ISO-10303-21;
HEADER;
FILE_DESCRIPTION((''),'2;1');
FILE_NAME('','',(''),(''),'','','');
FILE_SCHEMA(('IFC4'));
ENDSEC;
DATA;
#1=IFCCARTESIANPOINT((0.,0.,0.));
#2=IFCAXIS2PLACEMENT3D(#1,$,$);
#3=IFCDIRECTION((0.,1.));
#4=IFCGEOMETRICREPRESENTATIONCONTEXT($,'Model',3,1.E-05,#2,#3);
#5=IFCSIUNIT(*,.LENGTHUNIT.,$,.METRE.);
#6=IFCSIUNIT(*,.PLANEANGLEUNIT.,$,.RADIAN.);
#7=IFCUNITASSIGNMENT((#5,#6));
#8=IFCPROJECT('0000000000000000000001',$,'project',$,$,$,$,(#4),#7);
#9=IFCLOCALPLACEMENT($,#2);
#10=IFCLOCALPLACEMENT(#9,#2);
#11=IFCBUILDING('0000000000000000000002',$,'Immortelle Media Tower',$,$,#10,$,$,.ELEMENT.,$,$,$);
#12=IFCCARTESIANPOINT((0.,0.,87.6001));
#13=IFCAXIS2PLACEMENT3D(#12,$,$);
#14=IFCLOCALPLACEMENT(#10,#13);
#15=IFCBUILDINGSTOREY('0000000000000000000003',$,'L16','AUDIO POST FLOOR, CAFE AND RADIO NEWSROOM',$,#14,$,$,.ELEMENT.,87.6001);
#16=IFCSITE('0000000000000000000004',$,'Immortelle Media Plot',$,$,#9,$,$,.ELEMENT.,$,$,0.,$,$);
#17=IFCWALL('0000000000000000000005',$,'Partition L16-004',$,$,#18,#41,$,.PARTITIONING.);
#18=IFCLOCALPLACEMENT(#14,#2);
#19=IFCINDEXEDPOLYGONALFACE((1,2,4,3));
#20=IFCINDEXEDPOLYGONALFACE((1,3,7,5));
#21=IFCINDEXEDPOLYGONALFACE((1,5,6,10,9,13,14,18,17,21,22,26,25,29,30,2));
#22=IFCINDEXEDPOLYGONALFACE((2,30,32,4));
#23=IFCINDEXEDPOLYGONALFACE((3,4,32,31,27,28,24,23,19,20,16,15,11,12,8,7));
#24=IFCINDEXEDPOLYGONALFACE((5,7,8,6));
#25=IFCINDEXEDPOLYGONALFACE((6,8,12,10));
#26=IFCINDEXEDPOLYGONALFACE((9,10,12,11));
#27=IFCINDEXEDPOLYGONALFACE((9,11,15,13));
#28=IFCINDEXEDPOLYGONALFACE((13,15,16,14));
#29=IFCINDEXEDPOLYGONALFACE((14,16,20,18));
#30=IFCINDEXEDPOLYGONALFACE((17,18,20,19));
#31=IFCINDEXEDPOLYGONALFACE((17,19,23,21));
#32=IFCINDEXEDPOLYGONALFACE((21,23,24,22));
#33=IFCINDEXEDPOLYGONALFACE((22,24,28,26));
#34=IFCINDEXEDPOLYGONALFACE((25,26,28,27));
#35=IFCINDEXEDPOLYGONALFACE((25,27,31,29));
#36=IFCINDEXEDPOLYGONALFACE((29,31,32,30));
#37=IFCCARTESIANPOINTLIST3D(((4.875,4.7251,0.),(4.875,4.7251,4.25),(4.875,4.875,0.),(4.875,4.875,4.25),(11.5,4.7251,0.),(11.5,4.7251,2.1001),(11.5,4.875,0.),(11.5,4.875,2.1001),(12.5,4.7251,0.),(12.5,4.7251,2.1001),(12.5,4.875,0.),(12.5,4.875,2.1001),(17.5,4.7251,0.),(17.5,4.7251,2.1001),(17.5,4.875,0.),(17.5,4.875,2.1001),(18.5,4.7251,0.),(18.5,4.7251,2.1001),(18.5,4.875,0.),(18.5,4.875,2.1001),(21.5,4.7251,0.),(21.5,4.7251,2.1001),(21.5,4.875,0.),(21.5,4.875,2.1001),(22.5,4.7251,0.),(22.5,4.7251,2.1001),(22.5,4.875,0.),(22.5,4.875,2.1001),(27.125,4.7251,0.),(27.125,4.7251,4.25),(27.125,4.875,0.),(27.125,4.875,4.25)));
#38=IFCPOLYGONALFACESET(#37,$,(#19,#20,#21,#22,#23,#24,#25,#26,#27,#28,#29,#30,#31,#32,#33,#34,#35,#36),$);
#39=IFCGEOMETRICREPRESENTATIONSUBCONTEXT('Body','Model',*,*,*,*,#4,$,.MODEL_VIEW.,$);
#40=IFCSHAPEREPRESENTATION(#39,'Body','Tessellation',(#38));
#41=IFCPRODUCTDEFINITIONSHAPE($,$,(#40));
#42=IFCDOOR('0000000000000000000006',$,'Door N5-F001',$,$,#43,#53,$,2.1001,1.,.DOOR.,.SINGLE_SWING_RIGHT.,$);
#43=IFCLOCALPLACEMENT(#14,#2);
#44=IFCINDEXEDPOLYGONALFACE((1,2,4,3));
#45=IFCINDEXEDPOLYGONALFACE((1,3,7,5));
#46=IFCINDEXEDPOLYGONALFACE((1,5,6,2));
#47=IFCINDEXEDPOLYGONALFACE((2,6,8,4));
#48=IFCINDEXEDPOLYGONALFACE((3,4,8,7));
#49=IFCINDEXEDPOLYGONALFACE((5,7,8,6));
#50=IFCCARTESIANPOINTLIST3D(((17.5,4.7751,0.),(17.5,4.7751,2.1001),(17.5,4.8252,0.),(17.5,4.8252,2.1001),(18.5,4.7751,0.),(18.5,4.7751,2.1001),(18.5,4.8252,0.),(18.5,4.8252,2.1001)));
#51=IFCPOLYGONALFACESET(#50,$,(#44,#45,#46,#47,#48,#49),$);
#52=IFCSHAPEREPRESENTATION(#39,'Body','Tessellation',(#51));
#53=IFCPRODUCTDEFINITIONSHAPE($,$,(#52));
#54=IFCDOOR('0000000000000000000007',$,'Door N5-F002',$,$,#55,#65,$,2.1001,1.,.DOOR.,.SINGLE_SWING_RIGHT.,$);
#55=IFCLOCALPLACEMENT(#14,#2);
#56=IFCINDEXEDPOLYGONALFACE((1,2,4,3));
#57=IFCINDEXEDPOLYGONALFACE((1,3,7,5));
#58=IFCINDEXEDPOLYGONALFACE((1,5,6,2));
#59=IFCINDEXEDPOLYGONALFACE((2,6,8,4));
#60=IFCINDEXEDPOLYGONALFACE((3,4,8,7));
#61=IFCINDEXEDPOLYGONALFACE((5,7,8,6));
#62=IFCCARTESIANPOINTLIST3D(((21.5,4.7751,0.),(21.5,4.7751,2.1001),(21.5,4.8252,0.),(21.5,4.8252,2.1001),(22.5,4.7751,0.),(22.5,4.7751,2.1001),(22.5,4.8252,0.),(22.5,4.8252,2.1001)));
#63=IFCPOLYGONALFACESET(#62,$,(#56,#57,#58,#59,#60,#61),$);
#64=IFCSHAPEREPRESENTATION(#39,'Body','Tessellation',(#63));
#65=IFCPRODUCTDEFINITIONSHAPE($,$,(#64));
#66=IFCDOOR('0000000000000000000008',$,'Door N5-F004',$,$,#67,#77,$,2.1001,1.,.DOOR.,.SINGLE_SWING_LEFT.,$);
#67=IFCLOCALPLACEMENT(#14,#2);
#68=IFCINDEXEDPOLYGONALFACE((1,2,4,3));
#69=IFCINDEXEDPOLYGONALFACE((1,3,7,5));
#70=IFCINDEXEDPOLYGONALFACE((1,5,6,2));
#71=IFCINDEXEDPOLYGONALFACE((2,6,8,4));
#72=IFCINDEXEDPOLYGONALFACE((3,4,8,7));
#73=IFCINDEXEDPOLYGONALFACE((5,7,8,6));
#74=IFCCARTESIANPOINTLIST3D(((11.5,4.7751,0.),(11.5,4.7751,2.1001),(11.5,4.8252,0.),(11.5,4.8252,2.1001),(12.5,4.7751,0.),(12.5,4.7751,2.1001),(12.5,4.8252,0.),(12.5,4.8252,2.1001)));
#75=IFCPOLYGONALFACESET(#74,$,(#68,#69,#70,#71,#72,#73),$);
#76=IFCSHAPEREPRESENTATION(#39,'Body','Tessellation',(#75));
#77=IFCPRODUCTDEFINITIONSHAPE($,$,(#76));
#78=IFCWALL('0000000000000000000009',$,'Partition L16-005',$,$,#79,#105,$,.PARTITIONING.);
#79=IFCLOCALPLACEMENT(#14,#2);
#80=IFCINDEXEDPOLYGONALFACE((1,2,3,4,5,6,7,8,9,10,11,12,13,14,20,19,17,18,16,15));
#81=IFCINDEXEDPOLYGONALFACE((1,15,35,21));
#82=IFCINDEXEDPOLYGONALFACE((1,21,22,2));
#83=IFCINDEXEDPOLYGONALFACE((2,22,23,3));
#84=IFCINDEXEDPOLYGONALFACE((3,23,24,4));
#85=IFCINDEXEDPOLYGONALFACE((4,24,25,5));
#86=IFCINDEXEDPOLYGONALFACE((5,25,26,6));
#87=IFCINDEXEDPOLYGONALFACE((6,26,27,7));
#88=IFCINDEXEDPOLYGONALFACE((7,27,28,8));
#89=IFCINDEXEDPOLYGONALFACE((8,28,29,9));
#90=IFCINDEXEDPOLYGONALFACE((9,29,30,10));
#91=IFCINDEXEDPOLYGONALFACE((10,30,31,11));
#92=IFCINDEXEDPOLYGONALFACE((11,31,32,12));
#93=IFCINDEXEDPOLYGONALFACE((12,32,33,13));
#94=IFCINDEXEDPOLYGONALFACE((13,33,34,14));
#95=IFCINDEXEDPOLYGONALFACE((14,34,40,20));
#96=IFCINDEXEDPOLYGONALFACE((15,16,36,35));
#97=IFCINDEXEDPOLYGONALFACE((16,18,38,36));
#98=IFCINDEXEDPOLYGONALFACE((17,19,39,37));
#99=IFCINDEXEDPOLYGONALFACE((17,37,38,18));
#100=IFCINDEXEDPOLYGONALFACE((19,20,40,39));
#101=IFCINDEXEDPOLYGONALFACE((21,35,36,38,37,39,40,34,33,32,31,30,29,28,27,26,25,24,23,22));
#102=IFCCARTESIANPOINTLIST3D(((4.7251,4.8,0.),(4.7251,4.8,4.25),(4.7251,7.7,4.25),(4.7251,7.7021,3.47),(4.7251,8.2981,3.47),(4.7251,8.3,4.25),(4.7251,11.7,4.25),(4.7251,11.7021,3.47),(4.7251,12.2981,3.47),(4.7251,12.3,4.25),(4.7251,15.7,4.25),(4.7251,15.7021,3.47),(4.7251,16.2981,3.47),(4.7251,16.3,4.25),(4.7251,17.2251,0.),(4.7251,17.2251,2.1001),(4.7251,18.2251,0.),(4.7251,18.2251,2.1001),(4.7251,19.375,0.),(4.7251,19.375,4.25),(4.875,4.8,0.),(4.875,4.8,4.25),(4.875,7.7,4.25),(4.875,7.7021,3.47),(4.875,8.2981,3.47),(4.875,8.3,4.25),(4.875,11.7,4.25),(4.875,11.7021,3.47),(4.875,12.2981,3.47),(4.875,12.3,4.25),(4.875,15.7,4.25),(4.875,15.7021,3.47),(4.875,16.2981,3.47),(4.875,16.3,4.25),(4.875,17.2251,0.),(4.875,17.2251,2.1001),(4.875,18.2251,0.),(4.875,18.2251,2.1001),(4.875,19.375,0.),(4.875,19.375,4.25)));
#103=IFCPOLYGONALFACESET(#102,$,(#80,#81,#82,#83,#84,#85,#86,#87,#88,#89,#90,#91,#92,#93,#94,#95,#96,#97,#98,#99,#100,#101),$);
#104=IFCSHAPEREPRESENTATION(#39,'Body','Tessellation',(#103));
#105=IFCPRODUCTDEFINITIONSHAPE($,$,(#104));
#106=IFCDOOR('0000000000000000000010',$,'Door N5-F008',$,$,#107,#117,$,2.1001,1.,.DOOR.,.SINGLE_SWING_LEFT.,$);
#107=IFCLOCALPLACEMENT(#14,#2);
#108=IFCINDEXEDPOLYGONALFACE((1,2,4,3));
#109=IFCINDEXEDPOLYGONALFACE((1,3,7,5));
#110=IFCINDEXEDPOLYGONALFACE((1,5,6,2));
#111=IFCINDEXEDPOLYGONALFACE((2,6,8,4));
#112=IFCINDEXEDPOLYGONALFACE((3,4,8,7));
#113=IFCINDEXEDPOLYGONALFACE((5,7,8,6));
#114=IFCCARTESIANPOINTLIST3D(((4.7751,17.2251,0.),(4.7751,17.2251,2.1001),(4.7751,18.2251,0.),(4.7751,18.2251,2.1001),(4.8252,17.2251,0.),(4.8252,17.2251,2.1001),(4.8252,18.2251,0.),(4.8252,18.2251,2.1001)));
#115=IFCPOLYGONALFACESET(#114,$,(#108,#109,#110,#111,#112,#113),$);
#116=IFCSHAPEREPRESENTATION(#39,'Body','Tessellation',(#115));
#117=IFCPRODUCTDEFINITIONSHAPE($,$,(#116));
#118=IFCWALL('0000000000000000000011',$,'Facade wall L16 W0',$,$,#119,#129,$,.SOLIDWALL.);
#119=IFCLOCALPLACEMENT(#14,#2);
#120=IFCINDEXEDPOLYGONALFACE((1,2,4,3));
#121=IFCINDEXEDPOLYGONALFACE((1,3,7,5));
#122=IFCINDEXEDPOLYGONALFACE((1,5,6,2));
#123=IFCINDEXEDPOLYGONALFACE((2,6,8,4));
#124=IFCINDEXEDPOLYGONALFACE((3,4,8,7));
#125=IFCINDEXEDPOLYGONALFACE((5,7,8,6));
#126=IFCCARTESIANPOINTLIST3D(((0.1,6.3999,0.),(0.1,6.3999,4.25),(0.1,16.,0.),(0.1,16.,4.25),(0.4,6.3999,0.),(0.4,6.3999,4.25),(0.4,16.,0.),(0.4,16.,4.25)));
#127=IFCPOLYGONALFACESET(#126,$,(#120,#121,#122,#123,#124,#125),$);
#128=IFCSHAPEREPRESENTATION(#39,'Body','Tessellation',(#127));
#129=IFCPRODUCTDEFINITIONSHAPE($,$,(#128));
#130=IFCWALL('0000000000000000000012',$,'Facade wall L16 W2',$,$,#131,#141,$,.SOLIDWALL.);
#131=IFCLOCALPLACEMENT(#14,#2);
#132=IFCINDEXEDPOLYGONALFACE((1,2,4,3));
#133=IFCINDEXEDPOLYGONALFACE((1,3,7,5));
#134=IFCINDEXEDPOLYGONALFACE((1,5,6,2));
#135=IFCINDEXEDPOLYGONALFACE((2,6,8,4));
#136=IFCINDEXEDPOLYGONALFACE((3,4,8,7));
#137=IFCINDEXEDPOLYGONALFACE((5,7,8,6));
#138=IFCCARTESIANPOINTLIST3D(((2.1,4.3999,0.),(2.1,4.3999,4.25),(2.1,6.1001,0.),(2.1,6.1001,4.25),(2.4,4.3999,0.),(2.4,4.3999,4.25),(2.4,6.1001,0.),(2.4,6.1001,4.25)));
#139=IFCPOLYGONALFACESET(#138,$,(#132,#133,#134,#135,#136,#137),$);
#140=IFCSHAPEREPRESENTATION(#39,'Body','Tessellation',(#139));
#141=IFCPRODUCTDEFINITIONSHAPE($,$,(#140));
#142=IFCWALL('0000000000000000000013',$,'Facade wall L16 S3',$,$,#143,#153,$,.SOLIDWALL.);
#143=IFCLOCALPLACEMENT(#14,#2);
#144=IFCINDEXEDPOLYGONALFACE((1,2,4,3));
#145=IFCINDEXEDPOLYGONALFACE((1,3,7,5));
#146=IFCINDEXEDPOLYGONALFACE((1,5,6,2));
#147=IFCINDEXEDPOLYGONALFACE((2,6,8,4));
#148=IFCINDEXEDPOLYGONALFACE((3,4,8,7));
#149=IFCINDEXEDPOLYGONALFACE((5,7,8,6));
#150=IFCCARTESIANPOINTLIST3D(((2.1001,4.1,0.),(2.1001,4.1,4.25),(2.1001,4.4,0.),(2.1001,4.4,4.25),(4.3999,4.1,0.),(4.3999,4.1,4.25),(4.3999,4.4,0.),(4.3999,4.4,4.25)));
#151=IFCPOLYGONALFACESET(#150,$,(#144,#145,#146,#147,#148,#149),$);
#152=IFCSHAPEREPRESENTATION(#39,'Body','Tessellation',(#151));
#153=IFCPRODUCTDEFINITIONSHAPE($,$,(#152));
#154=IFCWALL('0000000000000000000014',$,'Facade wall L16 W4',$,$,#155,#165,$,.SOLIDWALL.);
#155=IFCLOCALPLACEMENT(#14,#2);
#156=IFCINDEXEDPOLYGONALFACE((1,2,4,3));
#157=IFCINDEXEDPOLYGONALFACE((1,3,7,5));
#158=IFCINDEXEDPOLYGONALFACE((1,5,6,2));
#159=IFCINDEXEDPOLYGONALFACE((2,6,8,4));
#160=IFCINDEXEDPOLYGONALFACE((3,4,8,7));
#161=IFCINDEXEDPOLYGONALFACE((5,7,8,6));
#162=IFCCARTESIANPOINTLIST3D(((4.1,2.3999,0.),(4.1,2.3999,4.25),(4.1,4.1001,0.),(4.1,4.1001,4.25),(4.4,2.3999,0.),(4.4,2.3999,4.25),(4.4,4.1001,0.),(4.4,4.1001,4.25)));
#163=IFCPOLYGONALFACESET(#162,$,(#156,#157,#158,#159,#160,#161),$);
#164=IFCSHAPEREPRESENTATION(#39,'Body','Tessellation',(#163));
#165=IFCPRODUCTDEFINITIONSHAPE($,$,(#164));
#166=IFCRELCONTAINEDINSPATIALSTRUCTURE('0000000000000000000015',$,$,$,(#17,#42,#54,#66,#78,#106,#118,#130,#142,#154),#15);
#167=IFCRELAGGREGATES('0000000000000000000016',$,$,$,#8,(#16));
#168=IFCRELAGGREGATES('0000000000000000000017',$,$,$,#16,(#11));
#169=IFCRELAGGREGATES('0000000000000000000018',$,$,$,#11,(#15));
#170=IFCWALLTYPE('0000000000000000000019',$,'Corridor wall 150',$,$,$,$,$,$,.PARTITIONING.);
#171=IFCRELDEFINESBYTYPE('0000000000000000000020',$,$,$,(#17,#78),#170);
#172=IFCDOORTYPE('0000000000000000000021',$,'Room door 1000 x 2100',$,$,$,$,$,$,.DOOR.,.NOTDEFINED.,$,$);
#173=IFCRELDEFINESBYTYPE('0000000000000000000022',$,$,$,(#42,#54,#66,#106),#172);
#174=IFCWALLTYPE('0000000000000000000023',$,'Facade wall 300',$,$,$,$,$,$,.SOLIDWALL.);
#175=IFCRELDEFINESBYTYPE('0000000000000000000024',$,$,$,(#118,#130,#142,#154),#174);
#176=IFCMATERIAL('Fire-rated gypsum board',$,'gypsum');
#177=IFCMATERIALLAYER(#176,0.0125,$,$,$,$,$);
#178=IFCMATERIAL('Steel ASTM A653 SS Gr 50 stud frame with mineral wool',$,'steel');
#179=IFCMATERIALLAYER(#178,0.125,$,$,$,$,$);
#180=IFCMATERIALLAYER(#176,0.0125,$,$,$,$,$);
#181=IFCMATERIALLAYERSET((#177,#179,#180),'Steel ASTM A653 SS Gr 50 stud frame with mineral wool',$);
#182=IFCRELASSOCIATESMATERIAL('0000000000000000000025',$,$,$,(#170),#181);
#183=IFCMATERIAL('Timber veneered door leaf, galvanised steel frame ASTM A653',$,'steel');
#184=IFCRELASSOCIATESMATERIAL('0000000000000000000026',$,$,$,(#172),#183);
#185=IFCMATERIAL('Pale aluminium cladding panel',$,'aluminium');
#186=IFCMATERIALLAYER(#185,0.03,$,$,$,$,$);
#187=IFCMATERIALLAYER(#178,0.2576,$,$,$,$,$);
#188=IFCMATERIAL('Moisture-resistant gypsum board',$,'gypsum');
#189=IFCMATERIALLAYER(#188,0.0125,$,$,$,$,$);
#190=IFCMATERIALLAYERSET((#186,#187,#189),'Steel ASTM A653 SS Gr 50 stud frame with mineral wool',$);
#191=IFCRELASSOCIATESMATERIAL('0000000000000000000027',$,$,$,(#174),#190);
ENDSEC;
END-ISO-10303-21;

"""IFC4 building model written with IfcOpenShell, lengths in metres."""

from ifc_helpers import new_model, si_unit, direction, frame, frame_2d, origin, place, context, subcontext, project, spatial, polyline, rectangle, outline, extrude, material, layer, layer_set, type_object, element, fill, save


model = new_model("IFC4")

# Units and contexts
model_context = context("Model", 3, precision=1e-05, world=origin(), true_north=direction((0.0, 1.0)))
body_context = subcontext(model_context, "Body", "Model", "MODEL_VIEW")
ifc_project = project(units=[si_unit("LENGTHUNIT", "METRE"), si_unit("PLANEANGLEUNIT", "RADIAN")], contexts=[model_context])

# Site, building, storey
site_placement = place(None, origin())
site = spatial("IfcSite", under=ifc_project, at=site_placement, Name="Immortelle Media Plot", CompositionType="ELEMENT", RefElevation=0.0)
building_placement = place(site_placement, origin())
building = spatial("IfcBuilding", under=site, at=building_placement, Name="Immortelle Media Tower", CompositionType="ELEMENT")
storey_placement = place(building_placement, frame((0.0, 0.0, 87.6001)))
storey = spatial("IfcBuildingStorey", under=building, at=storey_placement, Name="L16", Description="AUDIO POST FLOOR, CAFE AND RADIO NEWSROOM", CompositionType="ELEMENT", Elevation=87.6001)

# Wall, openings, doors
ifc_material_1 = material(Name="Fire-rated gypsum board", Category="gypsum")
ifc_layer_1 = layer(ifc_material_1, 0.0125)
ifc_material_2 = material(Name="Steel ASTM A653 SS Gr 50 stud frame with mineral wool", Category="steel")
ifc_layer_2 = layer(ifc_material_2, 0.125)
ifc_layer_3 = layer(ifc_material_1, 0.0125)
ifc_layer_set_1 = layer_set([ifc_layer_1, ifc_layer_2, ifc_layer_3], Name="Steel ASTM A653 SS Gr 50 stud frame with mineral wool")
wall_type_1 = type_object("IfcWallType", Name="Corridor wall 150", PredefinedType="PARTITIONING", material=ifc_layer_set_1)
wall_1_placement = place(storey_placement, frame((4.875, 4.8, 0.0), z_axis=(0.0, 0.0, 1.0), x_axis=(1.0, 0.0, 0.0)))
wall_1 = element("IfcWall", 1, at=wall_1_placement, inside=storey, type_object=wall_type_1, Name="Partition L16-004", PredefinedType="PARTITIONING", context=body_context, shape_type="SweptSolid", body=[
    extrude(rectangle(XDim=22.25, YDim=0.1499, at=frame_2d((11.125, 0.0))), origin(), (0.0, 0.0, 1.0), 4.25),
])
opening_1_placement = place(wall_1_placement, frame((13.625, 0.0, 0.0), z_axis=(0.0, 0.0, 1.0), x_axis=(-1.0, 0.0, 0.0)))
opening_1 = element("IfcOpeningElement", 2, at=opening_1_placement, cuts=wall_1, PredefinedType="OPENING", context=body_context, shape_type="SweptSolid", body=[
    extrude(rectangle(XDim=1.0, YDim=2.1001, at=frame_2d((0.5, 1.05))), frame((0.0, 0.085, 0.0), z_axis=(0.0, -1.0, 0.0), x_axis=(1.0, 0.0, 0.0)), (0.0, 0.0, 1.0), 0.1699),
])
opening_2_placement = place(wall_1_placement, frame((17.625, 0.0, 0.0), z_axis=(0.0, 0.0, 1.0), x_axis=(-1.0, 0.0, 0.0)))
opening_2 = element("IfcOpeningElement", 3, at=opening_2_placement, cuts=wall_1, PredefinedType="OPENING", context=body_context, shape_type="SweptSolid", body=[
    extrude(rectangle(XDim=1.0, YDim=2.1001, at=frame_2d((0.5, 1.05))), frame((0.0, 0.085, 0.0), z_axis=(0.0, -1.0, 0.0), x_axis=(1.0, 0.0, 0.0)), (0.0, 0.0, 1.0), 0.1699),
])
opening_3_placement = place(wall_1_placement, frame((7.625, 0.0, 0.0), z_axis=(0.0, 0.0, 1.0), x_axis=(-1.0, 0.0, 0.0)))
opening_3 = element("IfcOpeningElement", 4, at=opening_3_placement, cuts=wall_1, PredefinedType="OPENING", context=body_context, shape_type="SweptSolid", body=[
    extrude(rectangle(XDim=1.0, YDim=2.1001, at=frame_2d((0.5, 1.05))), frame((0.0, 0.085, 0.0), z_axis=(0.0, -1.0, 0.0), x_axis=(1.0, 0.0, 0.0)), (0.0, 0.0, 1.0), 0.1699),
])
ifc_material_3 = material(Name="Timber veneered door leaf, galvanised steel frame ASTM A653", Category="steel")
door_type_1 = type_object("IfcDoorType", Name="Room door 1000 x 2100", OperationType="NOTDEFINED", PredefinedType="DOOR", material=ifc_material_3)
door_1_placement = place(opening_1_placement, origin())
door_1 = element("IfcDoor", 5, at=door_1_placement, inside=storey, type_object=door_type_1, Name="Door N5-F001", OperationType="SINGLE_SWING_RIGHT", OverallHeight=2.1001, OverallWidth=1.0, PredefinedType="DOOR", context=body_context, shape_type="SweptSolid", body=[
    extrude(rectangle(XDim=1.0, YDim=2.1001, at=frame_2d((0.5, 1.05))), frame((0.0, 0.0249, 0.0), z_axis=(0.0, -1.0, 0.0), x_axis=(1.0, 0.0, 0.0)), (0.0, 0.0, 1.0), 0.05),
])
fill(opening_1, door_1)
door_2_placement = place(opening_2_placement, origin())
door_2 = element("IfcDoor", 6, at=door_2_placement, inside=storey, type_object=door_type_1, Name="Door N5-F002", OperationType="SINGLE_SWING_RIGHT", OverallHeight=2.1001, OverallWidth=1.0, PredefinedType="DOOR", context=body_context, shape_type="SweptSolid", body=[
    extrude(rectangle(XDim=1.0, YDim=2.1001, at=frame_2d((0.5, 1.05))), frame((0.0, 0.0249, 0.0), z_axis=(0.0, -1.0, 0.0), x_axis=(1.0, 0.0, 0.0)), (0.0, 0.0, 1.0), 0.05),
])
fill(opening_2, door_2)
door_3_placement = place(opening_3_placement, origin())
door_3 = element("IfcDoor", 7, at=door_3_placement, inside=storey, type_object=door_type_1, Name="Door N5-F004", OperationType="SINGLE_SWING_LEFT", OverallHeight=2.1001, OverallWidth=1.0, PredefinedType="DOOR", context=body_context, shape_type="SweptSolid", body=[
    extrude(rectangle(XDim=1.0, YDim=2.1001, at=frame_2d((0.5, 1.05))), frame((0.0, 0.0249, 0.0), z_axis=(0.0, -1.0, 0.0), x_axis=(1.0, 0.0, 0.0)), (0.0, 0.0, 1.0), 0.05),
])
fill(opening_3, door_3)

# Wall, opening, door
wall_2_placement = place(storey_placement, frame((4.8, 4.8, 0.0), z_axis=(0.0, 0.0, 1.0), x_axis=(0.0, 1.0, 0.0)))
wall_2 = element("IfcWall", 8, at=wall_2_placement, inside=storey, type_object=wall_type_1, Name="Partition L16-005", PredefinedType="PARTITIONING", context=body_context, shape_type="SweptSolid", body=[
    extrude(outline(polyline([(0.0, 0.0), (14.575, 0.0), (14.575, 4.25), (11.5, 4.25), (11.498, 3.47), (10.9021, 3.47), (10.8999, 4.25), (7.5, 4.25), (7.498, 3.47), (6.9021, 3.47), (6.8999, 4.25), (3.5, 4.25), (3.498, 3.47), (2.9021, 3.47), (2.8999, 4.25), (0.0, 4.25), (0.0, 0.0)])), frame((0.0, 0.075, 0.0), z_axis=(0.0, -1.0, 0.0), x_axis=(1.0, 0.0, 0.0)), (0.0, 0.0, 1.0), 0.1499),
])
opening_4_placement = place(wall_2_placement, frame((12.425, 0.0, 0.0)))
opening_4 = element("IfcOpeningElement", 9, at=opening_4_placement, cuts=wall_2, PredefinedType="OPENING", context=body_context, shape_type="SweptSolid", body=[
    extrude(rectangle(XDim=1.0, YDim=2.1001, at=frame_2d((0.5, 1.05))), frame((0.0, 0.085, 0.0), z_axis=(0.0, -1.0, 0.0), x_axis=(1.0, 0.0, 0.0)), (0.0, 0.0, 1.0), 0.1699),
])
door_4_placement = place(opening_4_placement, origin())
door_4 = element("IfcDoor", 10, at=door_4_placement, inside=storey, type_object=door_type_1, Name="Door N5-F008", OperationType="SINGLE_SWING_LEFT", OverallHeight=2.1001, OverallWidth=1.0, PredefinedType="DOOR", context=body_context, shape_type="SweptSolid", body=[
    extrude(rectangle(XDim=1.0, YDim=2.1001, at=frame_2d((0.5, 1.05))), frame((0.0, 0.0249, 0.0), z_axis=(0.0, -1.0, 0.0), x_axis=(1.0, 0.0, 0.0)), (0.0, 0.0, 1.0), 0.05),
])
fill(opening_4, door_4)

# Walls
ifc_material_4 = material(Name="Pale aluminium cladding panel", Category="aluminium")
ifc_layer_4 = layer(ifc_material_4, 0.03)
ifc_layer_5 = layer(ifc_material_2, 0.2576)
ifc_material_5 = material(Name="Moisture-resistant gypsum board", Category="gypsum")
ifc_layer_6 = layer(ifc_material_5, 0.0125)
ifc_layer_set_2 = layer_set([ifc_layer_4, ifc_layer_5, ifc_layer_6], Name="Steel ASTM A653 SS Gr 50 stud frame with mineral wool")
wall_type_2 = type_object("IfcWallType", Name="Facade wall 300", PredefinedType="SOLIDWALL", material=ifc_layer_set_2)
wall_3_placement = place(storey_placement, frame((0.25, 16.0, 0.0), z_axis=(0.0, 0.0, 1.0), x_axis=(0.0, -1.0, 0.0)))
element("IfcWall", 11, at=wall_3_placement, inside=storey, type_object=wall_type_2, Name="Facade wall L16 W0", PredefinedType="SOLIDWALL", context=body_context, shape_type="SweptSolid", body=[
    extrude(rectangle(XDim=9.6001, YDim=0.3, at=frame_2d((4.8, 0.0))), origin(), (0.0, 0.0, 1.0), 4.25),
])
wall_4_placement = place(storey_placement, frame((2.25, 6.1001, 0.0), z_axis=(0.0, 0.0, 1.0), x_axis=(0.0, -1.0, 0.0)))
element("IfcWall", 12, at=wall_4_placement, inside=storey, type_object=wall_type_2, Name="Facade wall L16 W2", PredefinedType="SOLIDWALL", context=body_context, shape_type="SweptSolid", body=[
    extrude(rectangle(XDim=1.7002, YDim=0.3, at=frame_2d((0.8501, 0.0))), origin(), (0.0, 0.0, 1.0), 4.25),
])
wall_5_placement = place(storey_placement, frame((2.1001, 4.25, 0.0), z_axis=(0.0, 0.0, 1.0), x_axis=(1.0, 0.0, 0.0)))
element("IfcWall", 13, at=wall_5_placement, inside=storey, type_object=wall_type_2, Name="Facade wall L16 S3", PredefinedType="SOLIDWALL", context=body_context, shape_type="SweptSolid", body=[
    extrude(rectangle(XDim=2.2998, YDim=0.3, at=frame_2d((1.1499, 0.0))), origin(), (0.0, 0.0, 1.0), 4.25),
])
wall_6_placement = place(storey_placement, frame((4.25, 4.1001, 0.0), z_axis=(0.0, 0.0, 1.0), x_axis=(0.0, -1.0, 0.0)))
element("IfcWall", 14, at=wall_6_placement, inside=storey, type_object=wall_type_2, Name="Facade wall L16 W4", PredefinedType="SOLIDWALL", context=body_context, shape_type="SweptSolid", body=[
    extrude(rectangle(XDim=1.7002, YDim=0.3, at=frame_2d((0.8501, 0.0))), origin(), (0.0, 0.0, 1.0), 4.25),
])

save(model, "model.ifc")
